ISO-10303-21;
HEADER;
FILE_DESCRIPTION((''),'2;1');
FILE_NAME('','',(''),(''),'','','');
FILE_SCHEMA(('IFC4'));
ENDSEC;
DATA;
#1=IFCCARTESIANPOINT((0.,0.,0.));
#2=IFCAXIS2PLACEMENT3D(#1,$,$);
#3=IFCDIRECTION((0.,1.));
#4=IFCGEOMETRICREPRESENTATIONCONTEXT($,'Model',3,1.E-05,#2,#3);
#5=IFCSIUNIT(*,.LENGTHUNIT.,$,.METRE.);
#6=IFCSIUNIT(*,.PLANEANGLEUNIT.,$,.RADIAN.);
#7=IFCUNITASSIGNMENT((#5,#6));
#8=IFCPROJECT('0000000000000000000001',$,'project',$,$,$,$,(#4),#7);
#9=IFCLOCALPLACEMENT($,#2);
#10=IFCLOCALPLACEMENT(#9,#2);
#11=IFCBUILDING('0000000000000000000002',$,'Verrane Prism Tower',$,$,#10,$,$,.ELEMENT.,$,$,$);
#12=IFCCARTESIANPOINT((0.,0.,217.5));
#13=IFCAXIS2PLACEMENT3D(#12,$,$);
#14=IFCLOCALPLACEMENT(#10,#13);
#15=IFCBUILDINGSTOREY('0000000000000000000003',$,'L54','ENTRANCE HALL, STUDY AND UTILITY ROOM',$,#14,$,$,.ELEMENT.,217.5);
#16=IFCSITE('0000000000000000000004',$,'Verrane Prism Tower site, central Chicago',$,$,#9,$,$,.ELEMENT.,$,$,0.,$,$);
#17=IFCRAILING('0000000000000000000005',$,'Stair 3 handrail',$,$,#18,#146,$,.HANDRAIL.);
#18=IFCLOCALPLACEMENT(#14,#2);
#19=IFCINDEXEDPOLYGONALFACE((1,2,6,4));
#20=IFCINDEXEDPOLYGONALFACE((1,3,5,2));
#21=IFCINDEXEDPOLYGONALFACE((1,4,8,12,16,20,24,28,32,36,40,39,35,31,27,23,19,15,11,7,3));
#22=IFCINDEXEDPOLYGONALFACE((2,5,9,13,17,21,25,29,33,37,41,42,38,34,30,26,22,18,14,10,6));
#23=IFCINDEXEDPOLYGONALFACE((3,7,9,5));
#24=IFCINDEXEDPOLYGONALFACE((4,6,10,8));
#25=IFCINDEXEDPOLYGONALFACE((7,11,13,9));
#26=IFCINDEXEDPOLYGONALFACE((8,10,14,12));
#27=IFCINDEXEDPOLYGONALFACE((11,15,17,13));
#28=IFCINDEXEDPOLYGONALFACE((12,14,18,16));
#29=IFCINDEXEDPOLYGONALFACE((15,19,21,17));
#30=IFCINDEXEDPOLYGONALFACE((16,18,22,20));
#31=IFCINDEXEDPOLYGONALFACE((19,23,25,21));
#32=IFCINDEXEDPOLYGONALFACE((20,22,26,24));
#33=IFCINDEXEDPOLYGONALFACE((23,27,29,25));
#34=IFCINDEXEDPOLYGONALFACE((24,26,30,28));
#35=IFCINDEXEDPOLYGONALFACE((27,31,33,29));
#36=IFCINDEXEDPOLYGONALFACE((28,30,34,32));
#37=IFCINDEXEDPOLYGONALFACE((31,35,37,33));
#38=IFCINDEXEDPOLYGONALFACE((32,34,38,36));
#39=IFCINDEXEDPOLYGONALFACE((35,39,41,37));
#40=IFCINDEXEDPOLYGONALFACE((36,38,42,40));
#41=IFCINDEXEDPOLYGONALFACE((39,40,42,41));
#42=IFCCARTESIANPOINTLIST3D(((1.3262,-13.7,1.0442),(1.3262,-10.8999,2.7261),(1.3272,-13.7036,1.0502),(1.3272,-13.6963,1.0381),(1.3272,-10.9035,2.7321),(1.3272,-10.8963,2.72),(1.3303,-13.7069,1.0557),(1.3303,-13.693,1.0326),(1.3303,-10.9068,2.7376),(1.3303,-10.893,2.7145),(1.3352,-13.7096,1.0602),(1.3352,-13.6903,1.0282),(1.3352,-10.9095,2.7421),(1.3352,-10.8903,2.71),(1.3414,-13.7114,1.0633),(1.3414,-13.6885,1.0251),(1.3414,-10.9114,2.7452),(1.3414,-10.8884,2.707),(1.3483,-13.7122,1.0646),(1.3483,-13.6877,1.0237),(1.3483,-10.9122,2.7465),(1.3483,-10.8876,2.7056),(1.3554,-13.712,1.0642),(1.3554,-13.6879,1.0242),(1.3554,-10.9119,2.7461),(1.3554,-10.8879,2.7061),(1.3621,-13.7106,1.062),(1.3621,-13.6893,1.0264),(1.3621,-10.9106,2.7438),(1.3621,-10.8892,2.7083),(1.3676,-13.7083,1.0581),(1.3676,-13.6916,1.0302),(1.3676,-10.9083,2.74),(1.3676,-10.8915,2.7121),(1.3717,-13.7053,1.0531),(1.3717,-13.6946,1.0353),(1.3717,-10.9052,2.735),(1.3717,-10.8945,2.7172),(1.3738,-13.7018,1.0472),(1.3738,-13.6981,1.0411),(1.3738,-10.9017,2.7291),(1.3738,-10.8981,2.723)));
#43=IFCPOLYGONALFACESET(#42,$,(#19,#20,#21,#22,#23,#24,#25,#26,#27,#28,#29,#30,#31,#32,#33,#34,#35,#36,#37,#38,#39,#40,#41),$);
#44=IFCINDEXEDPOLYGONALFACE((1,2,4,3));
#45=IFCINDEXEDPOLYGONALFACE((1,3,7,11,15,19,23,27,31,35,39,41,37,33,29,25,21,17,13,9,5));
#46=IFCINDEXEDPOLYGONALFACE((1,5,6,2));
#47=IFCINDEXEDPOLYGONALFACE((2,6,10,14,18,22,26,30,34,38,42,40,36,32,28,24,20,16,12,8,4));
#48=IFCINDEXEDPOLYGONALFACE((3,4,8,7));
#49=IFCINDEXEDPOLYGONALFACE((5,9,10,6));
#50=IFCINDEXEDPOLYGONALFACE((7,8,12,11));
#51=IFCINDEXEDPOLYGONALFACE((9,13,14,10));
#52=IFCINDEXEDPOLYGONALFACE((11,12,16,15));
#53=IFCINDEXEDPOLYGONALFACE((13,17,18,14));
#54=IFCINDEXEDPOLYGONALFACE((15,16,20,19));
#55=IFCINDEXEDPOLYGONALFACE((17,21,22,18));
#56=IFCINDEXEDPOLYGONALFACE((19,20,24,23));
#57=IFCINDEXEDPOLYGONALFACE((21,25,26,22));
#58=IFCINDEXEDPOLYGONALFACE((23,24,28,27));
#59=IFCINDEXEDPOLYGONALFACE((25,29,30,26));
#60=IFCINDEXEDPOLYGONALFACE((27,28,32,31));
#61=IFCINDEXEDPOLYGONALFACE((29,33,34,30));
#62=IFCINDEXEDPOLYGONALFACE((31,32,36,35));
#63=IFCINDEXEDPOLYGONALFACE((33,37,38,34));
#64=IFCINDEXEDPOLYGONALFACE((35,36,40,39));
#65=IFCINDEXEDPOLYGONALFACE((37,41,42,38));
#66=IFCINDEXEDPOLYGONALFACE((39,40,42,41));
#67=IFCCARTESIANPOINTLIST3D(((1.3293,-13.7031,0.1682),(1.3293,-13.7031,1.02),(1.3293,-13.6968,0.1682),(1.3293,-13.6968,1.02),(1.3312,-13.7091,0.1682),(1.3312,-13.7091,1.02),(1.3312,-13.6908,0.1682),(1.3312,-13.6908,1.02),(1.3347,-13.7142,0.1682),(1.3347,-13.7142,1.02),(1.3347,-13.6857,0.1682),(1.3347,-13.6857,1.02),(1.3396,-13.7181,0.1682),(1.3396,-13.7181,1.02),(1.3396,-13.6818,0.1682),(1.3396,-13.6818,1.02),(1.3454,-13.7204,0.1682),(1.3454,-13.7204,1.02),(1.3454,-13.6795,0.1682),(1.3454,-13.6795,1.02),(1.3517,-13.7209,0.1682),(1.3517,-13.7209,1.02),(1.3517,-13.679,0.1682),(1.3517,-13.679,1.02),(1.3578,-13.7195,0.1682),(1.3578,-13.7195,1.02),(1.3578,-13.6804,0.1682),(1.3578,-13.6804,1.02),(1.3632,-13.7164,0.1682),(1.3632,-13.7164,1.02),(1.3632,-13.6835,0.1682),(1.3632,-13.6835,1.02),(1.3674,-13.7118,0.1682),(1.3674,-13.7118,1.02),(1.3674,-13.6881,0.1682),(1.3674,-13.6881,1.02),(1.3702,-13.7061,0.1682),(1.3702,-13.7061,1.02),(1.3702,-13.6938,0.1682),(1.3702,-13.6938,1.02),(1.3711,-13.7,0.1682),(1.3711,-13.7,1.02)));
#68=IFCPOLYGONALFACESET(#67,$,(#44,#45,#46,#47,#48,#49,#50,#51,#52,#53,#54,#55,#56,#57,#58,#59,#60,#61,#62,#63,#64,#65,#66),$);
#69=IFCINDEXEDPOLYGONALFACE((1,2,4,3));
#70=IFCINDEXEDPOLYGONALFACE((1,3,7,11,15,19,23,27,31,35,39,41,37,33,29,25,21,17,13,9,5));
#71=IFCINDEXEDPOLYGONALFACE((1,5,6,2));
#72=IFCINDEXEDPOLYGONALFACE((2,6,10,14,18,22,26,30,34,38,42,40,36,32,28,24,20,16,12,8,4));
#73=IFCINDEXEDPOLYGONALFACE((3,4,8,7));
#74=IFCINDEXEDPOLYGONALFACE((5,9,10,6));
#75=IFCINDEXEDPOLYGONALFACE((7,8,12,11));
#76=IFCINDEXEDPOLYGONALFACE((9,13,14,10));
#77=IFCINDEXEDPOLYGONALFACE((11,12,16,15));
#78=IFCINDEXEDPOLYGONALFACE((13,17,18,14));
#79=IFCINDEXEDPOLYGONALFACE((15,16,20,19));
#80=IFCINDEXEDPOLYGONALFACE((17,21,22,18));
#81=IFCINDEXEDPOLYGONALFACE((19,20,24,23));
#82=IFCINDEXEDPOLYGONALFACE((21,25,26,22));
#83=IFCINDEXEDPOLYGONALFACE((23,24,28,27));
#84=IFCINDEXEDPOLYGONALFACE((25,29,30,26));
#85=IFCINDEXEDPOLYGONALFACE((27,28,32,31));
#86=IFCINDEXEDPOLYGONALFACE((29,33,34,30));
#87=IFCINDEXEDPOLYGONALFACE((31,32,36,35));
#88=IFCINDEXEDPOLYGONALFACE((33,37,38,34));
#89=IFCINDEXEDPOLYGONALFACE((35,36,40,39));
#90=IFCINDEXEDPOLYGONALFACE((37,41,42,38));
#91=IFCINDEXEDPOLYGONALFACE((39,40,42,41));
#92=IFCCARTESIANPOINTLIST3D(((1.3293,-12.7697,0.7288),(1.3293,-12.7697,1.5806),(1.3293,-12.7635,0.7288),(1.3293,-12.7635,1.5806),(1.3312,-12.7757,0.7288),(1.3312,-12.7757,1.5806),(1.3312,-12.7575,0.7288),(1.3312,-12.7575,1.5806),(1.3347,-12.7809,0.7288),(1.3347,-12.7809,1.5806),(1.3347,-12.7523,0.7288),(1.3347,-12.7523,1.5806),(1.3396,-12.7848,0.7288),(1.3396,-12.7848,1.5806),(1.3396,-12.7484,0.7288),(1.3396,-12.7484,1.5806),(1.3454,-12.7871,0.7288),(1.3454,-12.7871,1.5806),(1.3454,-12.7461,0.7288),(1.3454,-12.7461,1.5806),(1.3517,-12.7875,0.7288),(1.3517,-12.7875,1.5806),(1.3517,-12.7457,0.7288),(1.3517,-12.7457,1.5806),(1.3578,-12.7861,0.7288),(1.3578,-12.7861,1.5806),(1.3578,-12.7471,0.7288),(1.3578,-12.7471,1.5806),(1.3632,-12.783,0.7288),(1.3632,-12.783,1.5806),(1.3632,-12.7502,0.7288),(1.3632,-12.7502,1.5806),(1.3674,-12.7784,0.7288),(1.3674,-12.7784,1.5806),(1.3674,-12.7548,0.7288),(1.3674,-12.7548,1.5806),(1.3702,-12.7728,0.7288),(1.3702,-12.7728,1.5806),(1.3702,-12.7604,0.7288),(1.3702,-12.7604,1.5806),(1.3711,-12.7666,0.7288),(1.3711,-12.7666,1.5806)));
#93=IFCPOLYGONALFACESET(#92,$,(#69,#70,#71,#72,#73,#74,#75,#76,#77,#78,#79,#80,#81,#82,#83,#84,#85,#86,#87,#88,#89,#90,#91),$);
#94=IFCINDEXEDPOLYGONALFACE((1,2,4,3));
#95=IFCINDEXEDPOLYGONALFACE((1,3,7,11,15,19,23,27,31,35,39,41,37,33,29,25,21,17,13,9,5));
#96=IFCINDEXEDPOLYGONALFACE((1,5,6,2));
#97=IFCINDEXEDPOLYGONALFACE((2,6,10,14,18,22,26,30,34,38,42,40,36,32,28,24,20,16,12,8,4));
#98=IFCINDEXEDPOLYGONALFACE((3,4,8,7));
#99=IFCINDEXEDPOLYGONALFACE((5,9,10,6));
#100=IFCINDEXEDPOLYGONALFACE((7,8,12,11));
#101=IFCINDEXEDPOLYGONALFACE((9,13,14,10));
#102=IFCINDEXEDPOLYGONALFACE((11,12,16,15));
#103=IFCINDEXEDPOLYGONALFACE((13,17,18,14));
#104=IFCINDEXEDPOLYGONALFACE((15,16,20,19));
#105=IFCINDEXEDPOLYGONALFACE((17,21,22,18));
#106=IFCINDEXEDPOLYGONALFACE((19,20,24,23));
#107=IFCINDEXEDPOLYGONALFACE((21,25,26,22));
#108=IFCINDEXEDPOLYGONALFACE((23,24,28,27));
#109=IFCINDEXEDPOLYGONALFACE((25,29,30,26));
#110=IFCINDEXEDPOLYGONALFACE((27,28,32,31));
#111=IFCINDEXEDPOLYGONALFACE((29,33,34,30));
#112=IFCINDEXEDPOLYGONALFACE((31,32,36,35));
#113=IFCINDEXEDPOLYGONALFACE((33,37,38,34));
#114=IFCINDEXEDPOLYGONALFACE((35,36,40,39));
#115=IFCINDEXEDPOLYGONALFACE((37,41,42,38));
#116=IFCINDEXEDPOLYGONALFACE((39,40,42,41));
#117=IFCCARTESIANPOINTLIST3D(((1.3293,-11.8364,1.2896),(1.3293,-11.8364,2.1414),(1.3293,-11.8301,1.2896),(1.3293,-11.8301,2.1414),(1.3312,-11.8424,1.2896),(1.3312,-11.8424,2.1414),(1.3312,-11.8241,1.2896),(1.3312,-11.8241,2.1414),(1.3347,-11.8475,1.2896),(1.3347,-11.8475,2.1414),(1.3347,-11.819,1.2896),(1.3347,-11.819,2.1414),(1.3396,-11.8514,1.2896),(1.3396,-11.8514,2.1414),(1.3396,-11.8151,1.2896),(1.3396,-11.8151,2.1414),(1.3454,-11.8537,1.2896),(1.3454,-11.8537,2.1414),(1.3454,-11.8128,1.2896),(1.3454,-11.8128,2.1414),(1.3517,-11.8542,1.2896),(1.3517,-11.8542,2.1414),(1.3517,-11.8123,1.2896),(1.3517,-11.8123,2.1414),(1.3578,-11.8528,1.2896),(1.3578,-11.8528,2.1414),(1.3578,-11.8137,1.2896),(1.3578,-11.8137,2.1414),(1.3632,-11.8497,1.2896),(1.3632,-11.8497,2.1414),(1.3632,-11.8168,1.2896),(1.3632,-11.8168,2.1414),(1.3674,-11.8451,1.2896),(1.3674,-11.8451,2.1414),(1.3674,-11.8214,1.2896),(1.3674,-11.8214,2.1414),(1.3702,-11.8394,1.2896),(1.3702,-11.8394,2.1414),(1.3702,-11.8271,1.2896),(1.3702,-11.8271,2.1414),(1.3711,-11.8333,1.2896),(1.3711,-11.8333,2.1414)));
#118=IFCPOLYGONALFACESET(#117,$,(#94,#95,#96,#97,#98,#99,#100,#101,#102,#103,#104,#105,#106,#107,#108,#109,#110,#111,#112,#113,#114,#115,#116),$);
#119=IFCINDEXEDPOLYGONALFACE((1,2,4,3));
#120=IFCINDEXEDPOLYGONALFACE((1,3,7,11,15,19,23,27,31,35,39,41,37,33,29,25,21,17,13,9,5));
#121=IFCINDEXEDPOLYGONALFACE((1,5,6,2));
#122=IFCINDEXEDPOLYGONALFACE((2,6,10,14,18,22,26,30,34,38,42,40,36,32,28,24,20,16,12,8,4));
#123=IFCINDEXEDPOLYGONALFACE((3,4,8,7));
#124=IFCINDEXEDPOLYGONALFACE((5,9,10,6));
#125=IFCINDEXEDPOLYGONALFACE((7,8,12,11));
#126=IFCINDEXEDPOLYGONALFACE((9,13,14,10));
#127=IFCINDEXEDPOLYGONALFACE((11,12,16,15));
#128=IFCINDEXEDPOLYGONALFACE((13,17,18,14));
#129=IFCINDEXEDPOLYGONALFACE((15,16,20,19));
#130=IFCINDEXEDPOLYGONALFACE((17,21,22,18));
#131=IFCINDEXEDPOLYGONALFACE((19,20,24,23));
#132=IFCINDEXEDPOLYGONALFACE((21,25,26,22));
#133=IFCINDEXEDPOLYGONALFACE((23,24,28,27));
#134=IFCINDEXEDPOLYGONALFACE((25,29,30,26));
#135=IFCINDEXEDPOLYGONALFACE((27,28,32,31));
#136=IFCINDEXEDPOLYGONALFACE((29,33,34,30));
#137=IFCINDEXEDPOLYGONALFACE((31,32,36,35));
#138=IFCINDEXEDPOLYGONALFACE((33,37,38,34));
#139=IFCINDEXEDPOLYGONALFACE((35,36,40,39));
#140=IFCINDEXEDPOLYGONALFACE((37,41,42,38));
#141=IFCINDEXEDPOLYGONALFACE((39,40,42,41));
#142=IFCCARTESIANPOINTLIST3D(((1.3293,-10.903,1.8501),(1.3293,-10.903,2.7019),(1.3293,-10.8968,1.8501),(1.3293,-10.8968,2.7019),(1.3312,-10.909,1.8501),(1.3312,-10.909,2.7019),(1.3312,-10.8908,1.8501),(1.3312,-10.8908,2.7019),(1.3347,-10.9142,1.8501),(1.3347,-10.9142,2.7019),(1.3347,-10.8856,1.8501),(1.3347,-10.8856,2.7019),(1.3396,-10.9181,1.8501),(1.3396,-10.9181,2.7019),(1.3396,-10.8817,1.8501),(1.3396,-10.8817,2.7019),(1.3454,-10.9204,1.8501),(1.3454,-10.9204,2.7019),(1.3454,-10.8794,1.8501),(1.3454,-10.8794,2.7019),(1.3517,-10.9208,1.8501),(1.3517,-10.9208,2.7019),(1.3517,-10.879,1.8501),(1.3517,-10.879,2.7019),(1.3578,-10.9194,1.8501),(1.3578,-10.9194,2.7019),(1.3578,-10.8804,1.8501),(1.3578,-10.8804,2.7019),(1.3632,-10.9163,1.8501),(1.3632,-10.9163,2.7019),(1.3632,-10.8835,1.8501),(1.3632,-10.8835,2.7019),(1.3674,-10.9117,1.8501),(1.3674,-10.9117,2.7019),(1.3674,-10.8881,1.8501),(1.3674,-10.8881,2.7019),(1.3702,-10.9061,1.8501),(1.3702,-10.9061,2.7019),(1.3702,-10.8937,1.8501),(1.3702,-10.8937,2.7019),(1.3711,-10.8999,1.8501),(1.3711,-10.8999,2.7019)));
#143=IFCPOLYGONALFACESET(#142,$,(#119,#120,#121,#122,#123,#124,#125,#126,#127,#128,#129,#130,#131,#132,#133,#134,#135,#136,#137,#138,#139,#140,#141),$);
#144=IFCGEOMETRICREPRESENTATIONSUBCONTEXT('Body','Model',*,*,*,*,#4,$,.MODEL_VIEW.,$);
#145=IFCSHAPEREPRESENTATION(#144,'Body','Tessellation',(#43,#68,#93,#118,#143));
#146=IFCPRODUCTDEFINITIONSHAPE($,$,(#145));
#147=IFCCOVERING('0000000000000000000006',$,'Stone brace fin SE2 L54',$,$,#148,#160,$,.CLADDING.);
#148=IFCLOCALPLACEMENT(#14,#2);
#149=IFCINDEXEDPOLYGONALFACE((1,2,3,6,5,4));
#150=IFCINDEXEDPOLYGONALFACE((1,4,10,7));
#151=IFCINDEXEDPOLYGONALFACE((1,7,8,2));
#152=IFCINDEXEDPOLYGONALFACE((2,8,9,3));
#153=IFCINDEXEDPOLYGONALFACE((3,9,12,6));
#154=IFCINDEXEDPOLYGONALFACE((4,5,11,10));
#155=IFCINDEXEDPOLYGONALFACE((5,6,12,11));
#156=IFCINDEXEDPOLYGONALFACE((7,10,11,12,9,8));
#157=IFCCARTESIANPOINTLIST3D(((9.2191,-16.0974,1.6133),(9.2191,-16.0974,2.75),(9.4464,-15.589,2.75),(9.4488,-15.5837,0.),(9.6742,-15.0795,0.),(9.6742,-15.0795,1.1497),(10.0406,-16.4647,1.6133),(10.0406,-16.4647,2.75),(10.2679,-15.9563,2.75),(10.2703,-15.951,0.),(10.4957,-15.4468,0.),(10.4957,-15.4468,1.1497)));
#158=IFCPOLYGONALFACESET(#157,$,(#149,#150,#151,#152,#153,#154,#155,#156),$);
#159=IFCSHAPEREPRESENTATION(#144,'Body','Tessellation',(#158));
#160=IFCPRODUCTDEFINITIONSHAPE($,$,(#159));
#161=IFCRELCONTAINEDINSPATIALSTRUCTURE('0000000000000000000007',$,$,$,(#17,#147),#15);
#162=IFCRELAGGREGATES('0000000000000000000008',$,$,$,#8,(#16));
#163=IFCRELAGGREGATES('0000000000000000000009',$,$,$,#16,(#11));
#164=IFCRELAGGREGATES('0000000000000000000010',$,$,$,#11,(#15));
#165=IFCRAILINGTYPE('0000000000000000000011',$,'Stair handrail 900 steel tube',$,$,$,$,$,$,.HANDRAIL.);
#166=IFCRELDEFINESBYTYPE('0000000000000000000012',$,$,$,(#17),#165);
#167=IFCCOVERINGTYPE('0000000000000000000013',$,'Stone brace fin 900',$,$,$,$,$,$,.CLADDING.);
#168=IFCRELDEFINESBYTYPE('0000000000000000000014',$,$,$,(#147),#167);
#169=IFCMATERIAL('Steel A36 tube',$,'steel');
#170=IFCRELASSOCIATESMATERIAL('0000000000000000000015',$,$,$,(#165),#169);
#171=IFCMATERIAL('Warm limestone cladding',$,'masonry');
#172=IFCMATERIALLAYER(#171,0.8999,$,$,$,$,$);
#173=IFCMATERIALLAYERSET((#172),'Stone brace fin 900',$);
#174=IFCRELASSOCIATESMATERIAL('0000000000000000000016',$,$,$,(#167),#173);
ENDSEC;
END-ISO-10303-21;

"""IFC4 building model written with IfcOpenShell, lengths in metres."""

from ifc_helpers import new_model, si_unit, direction, frame, origin, origin_2d, place, context, subcontext, project, spatial, polyline, circle, outline, extrude, material, layer, layer_set, type_object, element, save


model = new_model("IFC4")

# Units and contexts
model_context = context("Model", 3, precision=1e-05, world=origin(), true_north=direction((0.0, 1.0)))
body_context = subcontext(model_context, "Body", "Model", "MODEL_VIEW")
ifc_project = project(units=[si_unit("LENGTHUNIT", "METRE"), si_unit("PLANEANGLEUNIT", "RADIAN")], contexts=[model_context])

# Site, building, storey
site_placement = place(None, origin())
site = spatial("IfcSite", under=ifc_project, at=site_placement, Name="Verrane Prism Tower site, central Chicago", CompositionType="ELEMENT", RefElevation=0.0)
building_placement = place(site_placement, origin())
building = spatial("IfcBuilding", under=site, at=building_placement, Name="Verrane Prism Tower", CompositionType="ELEMENT")
storey_placement = place(building_placement, frame((0.0, 0.0, 217.5)))
storey = spatial("IfcBuildingStorey", under=building, at=storey_placement, Name="L54", Description="ENTRANCE HALL, STUDY AND UTILITY ROOM", CompositionType="ELEMENT", Elevation=217.5)

# Railing
ifc_material_1 = material(Name="Steel A36 tube", Category="steel")
railing_type_1 = type_object("IfcRailingType", Name="Stair handrail 900 steel tube", PredefinedType="HANDRAIL", material=ifc_material_1)
railing_1_placement = place(storey_placement, frame((1.3501, -13.7, 0.1682)))
element("IfcRailing", 1, at=railing_1_placement, inside=storey, type_object=railing_type_1, Name="Stair 3 handrail", PredefinedType="HANDRAIL", context=body_context, shape_type="SweptSolid", body=[
    extrude(circle(Radius=0.0239, at=origin_2d()), frame((0.0, 0.0, 0.876), z_axis=(0.0, 0.857242, 0.514913), x_axis=(-1.0, 0.0, 0.0)), (0.0, 0.0, 1.0), 3.2664),
    extrude(circle(Radius=0.021, at=origin_2d()), origin(), (0.0, 0.0, 1.0), 0.8518),
    extrude(circle(Radius=0.021, at=origin_2d()), frame((0.0, 0.9333, 0.5605)), (0.0, 0.0, 1.0), 0.8518),
    extrude(circle(Radius=0.021, at=origin_2d()), frame((0.0, 1.8667, 1.1213)), (0.0, 0.0, 1.0), 0.8518),
    extrude(circle(Radius=0.021, at=origin_2d()), frame((0.0, 2.8, 1.6819)), (0.0, 0.0, 1.0), 0.8518),
])

# Covering
ifc_material_2 = material(Name="Warm limestone cladding", Category="masonry")
ifc_layer_1 = layer(ifc_material_2, 0.8999)
ifc_layer_set_1 = layer_set([ifc_layer_1], Name="Stone brace fin 900")
covering_type = type_object("IfcCoveringType", Name="Stone brace fin 900", PredefinedType="CLADDING", material=ifc_layer_set_1)
covering_placement = place(storey_placement, frame((10.085, -15.2632, 0.0), z_axis=(0.0, 0.0, 1.0), x_axis=(-0.408169, -0.912906, 0.0)))
element("IfcCovering", 2, at=covering_placement, inside=storey, type_object=covering_type, Name="Stone brace fin SE2 L54", PredefinedType="CLADDING", context=body_context, shape_type="SweptSolid", body=[
    extrude(outline(polyline([(1.115, 2.75), (0.5581, 2.75), (0.0, 1.1497), (0.0, 0.0), (0.5522, 0.0), (1.115, 1.6133), (1.115, 2.75)])), frame((0.0, 0.45, 0.0), z_axis=(0.0, -1.0, 0.0), x_axis=(1.0, 0.0, 0.0)), (0.0, 0.0, 1.0), 0.8999),
])

save(model, "model.ifc")
